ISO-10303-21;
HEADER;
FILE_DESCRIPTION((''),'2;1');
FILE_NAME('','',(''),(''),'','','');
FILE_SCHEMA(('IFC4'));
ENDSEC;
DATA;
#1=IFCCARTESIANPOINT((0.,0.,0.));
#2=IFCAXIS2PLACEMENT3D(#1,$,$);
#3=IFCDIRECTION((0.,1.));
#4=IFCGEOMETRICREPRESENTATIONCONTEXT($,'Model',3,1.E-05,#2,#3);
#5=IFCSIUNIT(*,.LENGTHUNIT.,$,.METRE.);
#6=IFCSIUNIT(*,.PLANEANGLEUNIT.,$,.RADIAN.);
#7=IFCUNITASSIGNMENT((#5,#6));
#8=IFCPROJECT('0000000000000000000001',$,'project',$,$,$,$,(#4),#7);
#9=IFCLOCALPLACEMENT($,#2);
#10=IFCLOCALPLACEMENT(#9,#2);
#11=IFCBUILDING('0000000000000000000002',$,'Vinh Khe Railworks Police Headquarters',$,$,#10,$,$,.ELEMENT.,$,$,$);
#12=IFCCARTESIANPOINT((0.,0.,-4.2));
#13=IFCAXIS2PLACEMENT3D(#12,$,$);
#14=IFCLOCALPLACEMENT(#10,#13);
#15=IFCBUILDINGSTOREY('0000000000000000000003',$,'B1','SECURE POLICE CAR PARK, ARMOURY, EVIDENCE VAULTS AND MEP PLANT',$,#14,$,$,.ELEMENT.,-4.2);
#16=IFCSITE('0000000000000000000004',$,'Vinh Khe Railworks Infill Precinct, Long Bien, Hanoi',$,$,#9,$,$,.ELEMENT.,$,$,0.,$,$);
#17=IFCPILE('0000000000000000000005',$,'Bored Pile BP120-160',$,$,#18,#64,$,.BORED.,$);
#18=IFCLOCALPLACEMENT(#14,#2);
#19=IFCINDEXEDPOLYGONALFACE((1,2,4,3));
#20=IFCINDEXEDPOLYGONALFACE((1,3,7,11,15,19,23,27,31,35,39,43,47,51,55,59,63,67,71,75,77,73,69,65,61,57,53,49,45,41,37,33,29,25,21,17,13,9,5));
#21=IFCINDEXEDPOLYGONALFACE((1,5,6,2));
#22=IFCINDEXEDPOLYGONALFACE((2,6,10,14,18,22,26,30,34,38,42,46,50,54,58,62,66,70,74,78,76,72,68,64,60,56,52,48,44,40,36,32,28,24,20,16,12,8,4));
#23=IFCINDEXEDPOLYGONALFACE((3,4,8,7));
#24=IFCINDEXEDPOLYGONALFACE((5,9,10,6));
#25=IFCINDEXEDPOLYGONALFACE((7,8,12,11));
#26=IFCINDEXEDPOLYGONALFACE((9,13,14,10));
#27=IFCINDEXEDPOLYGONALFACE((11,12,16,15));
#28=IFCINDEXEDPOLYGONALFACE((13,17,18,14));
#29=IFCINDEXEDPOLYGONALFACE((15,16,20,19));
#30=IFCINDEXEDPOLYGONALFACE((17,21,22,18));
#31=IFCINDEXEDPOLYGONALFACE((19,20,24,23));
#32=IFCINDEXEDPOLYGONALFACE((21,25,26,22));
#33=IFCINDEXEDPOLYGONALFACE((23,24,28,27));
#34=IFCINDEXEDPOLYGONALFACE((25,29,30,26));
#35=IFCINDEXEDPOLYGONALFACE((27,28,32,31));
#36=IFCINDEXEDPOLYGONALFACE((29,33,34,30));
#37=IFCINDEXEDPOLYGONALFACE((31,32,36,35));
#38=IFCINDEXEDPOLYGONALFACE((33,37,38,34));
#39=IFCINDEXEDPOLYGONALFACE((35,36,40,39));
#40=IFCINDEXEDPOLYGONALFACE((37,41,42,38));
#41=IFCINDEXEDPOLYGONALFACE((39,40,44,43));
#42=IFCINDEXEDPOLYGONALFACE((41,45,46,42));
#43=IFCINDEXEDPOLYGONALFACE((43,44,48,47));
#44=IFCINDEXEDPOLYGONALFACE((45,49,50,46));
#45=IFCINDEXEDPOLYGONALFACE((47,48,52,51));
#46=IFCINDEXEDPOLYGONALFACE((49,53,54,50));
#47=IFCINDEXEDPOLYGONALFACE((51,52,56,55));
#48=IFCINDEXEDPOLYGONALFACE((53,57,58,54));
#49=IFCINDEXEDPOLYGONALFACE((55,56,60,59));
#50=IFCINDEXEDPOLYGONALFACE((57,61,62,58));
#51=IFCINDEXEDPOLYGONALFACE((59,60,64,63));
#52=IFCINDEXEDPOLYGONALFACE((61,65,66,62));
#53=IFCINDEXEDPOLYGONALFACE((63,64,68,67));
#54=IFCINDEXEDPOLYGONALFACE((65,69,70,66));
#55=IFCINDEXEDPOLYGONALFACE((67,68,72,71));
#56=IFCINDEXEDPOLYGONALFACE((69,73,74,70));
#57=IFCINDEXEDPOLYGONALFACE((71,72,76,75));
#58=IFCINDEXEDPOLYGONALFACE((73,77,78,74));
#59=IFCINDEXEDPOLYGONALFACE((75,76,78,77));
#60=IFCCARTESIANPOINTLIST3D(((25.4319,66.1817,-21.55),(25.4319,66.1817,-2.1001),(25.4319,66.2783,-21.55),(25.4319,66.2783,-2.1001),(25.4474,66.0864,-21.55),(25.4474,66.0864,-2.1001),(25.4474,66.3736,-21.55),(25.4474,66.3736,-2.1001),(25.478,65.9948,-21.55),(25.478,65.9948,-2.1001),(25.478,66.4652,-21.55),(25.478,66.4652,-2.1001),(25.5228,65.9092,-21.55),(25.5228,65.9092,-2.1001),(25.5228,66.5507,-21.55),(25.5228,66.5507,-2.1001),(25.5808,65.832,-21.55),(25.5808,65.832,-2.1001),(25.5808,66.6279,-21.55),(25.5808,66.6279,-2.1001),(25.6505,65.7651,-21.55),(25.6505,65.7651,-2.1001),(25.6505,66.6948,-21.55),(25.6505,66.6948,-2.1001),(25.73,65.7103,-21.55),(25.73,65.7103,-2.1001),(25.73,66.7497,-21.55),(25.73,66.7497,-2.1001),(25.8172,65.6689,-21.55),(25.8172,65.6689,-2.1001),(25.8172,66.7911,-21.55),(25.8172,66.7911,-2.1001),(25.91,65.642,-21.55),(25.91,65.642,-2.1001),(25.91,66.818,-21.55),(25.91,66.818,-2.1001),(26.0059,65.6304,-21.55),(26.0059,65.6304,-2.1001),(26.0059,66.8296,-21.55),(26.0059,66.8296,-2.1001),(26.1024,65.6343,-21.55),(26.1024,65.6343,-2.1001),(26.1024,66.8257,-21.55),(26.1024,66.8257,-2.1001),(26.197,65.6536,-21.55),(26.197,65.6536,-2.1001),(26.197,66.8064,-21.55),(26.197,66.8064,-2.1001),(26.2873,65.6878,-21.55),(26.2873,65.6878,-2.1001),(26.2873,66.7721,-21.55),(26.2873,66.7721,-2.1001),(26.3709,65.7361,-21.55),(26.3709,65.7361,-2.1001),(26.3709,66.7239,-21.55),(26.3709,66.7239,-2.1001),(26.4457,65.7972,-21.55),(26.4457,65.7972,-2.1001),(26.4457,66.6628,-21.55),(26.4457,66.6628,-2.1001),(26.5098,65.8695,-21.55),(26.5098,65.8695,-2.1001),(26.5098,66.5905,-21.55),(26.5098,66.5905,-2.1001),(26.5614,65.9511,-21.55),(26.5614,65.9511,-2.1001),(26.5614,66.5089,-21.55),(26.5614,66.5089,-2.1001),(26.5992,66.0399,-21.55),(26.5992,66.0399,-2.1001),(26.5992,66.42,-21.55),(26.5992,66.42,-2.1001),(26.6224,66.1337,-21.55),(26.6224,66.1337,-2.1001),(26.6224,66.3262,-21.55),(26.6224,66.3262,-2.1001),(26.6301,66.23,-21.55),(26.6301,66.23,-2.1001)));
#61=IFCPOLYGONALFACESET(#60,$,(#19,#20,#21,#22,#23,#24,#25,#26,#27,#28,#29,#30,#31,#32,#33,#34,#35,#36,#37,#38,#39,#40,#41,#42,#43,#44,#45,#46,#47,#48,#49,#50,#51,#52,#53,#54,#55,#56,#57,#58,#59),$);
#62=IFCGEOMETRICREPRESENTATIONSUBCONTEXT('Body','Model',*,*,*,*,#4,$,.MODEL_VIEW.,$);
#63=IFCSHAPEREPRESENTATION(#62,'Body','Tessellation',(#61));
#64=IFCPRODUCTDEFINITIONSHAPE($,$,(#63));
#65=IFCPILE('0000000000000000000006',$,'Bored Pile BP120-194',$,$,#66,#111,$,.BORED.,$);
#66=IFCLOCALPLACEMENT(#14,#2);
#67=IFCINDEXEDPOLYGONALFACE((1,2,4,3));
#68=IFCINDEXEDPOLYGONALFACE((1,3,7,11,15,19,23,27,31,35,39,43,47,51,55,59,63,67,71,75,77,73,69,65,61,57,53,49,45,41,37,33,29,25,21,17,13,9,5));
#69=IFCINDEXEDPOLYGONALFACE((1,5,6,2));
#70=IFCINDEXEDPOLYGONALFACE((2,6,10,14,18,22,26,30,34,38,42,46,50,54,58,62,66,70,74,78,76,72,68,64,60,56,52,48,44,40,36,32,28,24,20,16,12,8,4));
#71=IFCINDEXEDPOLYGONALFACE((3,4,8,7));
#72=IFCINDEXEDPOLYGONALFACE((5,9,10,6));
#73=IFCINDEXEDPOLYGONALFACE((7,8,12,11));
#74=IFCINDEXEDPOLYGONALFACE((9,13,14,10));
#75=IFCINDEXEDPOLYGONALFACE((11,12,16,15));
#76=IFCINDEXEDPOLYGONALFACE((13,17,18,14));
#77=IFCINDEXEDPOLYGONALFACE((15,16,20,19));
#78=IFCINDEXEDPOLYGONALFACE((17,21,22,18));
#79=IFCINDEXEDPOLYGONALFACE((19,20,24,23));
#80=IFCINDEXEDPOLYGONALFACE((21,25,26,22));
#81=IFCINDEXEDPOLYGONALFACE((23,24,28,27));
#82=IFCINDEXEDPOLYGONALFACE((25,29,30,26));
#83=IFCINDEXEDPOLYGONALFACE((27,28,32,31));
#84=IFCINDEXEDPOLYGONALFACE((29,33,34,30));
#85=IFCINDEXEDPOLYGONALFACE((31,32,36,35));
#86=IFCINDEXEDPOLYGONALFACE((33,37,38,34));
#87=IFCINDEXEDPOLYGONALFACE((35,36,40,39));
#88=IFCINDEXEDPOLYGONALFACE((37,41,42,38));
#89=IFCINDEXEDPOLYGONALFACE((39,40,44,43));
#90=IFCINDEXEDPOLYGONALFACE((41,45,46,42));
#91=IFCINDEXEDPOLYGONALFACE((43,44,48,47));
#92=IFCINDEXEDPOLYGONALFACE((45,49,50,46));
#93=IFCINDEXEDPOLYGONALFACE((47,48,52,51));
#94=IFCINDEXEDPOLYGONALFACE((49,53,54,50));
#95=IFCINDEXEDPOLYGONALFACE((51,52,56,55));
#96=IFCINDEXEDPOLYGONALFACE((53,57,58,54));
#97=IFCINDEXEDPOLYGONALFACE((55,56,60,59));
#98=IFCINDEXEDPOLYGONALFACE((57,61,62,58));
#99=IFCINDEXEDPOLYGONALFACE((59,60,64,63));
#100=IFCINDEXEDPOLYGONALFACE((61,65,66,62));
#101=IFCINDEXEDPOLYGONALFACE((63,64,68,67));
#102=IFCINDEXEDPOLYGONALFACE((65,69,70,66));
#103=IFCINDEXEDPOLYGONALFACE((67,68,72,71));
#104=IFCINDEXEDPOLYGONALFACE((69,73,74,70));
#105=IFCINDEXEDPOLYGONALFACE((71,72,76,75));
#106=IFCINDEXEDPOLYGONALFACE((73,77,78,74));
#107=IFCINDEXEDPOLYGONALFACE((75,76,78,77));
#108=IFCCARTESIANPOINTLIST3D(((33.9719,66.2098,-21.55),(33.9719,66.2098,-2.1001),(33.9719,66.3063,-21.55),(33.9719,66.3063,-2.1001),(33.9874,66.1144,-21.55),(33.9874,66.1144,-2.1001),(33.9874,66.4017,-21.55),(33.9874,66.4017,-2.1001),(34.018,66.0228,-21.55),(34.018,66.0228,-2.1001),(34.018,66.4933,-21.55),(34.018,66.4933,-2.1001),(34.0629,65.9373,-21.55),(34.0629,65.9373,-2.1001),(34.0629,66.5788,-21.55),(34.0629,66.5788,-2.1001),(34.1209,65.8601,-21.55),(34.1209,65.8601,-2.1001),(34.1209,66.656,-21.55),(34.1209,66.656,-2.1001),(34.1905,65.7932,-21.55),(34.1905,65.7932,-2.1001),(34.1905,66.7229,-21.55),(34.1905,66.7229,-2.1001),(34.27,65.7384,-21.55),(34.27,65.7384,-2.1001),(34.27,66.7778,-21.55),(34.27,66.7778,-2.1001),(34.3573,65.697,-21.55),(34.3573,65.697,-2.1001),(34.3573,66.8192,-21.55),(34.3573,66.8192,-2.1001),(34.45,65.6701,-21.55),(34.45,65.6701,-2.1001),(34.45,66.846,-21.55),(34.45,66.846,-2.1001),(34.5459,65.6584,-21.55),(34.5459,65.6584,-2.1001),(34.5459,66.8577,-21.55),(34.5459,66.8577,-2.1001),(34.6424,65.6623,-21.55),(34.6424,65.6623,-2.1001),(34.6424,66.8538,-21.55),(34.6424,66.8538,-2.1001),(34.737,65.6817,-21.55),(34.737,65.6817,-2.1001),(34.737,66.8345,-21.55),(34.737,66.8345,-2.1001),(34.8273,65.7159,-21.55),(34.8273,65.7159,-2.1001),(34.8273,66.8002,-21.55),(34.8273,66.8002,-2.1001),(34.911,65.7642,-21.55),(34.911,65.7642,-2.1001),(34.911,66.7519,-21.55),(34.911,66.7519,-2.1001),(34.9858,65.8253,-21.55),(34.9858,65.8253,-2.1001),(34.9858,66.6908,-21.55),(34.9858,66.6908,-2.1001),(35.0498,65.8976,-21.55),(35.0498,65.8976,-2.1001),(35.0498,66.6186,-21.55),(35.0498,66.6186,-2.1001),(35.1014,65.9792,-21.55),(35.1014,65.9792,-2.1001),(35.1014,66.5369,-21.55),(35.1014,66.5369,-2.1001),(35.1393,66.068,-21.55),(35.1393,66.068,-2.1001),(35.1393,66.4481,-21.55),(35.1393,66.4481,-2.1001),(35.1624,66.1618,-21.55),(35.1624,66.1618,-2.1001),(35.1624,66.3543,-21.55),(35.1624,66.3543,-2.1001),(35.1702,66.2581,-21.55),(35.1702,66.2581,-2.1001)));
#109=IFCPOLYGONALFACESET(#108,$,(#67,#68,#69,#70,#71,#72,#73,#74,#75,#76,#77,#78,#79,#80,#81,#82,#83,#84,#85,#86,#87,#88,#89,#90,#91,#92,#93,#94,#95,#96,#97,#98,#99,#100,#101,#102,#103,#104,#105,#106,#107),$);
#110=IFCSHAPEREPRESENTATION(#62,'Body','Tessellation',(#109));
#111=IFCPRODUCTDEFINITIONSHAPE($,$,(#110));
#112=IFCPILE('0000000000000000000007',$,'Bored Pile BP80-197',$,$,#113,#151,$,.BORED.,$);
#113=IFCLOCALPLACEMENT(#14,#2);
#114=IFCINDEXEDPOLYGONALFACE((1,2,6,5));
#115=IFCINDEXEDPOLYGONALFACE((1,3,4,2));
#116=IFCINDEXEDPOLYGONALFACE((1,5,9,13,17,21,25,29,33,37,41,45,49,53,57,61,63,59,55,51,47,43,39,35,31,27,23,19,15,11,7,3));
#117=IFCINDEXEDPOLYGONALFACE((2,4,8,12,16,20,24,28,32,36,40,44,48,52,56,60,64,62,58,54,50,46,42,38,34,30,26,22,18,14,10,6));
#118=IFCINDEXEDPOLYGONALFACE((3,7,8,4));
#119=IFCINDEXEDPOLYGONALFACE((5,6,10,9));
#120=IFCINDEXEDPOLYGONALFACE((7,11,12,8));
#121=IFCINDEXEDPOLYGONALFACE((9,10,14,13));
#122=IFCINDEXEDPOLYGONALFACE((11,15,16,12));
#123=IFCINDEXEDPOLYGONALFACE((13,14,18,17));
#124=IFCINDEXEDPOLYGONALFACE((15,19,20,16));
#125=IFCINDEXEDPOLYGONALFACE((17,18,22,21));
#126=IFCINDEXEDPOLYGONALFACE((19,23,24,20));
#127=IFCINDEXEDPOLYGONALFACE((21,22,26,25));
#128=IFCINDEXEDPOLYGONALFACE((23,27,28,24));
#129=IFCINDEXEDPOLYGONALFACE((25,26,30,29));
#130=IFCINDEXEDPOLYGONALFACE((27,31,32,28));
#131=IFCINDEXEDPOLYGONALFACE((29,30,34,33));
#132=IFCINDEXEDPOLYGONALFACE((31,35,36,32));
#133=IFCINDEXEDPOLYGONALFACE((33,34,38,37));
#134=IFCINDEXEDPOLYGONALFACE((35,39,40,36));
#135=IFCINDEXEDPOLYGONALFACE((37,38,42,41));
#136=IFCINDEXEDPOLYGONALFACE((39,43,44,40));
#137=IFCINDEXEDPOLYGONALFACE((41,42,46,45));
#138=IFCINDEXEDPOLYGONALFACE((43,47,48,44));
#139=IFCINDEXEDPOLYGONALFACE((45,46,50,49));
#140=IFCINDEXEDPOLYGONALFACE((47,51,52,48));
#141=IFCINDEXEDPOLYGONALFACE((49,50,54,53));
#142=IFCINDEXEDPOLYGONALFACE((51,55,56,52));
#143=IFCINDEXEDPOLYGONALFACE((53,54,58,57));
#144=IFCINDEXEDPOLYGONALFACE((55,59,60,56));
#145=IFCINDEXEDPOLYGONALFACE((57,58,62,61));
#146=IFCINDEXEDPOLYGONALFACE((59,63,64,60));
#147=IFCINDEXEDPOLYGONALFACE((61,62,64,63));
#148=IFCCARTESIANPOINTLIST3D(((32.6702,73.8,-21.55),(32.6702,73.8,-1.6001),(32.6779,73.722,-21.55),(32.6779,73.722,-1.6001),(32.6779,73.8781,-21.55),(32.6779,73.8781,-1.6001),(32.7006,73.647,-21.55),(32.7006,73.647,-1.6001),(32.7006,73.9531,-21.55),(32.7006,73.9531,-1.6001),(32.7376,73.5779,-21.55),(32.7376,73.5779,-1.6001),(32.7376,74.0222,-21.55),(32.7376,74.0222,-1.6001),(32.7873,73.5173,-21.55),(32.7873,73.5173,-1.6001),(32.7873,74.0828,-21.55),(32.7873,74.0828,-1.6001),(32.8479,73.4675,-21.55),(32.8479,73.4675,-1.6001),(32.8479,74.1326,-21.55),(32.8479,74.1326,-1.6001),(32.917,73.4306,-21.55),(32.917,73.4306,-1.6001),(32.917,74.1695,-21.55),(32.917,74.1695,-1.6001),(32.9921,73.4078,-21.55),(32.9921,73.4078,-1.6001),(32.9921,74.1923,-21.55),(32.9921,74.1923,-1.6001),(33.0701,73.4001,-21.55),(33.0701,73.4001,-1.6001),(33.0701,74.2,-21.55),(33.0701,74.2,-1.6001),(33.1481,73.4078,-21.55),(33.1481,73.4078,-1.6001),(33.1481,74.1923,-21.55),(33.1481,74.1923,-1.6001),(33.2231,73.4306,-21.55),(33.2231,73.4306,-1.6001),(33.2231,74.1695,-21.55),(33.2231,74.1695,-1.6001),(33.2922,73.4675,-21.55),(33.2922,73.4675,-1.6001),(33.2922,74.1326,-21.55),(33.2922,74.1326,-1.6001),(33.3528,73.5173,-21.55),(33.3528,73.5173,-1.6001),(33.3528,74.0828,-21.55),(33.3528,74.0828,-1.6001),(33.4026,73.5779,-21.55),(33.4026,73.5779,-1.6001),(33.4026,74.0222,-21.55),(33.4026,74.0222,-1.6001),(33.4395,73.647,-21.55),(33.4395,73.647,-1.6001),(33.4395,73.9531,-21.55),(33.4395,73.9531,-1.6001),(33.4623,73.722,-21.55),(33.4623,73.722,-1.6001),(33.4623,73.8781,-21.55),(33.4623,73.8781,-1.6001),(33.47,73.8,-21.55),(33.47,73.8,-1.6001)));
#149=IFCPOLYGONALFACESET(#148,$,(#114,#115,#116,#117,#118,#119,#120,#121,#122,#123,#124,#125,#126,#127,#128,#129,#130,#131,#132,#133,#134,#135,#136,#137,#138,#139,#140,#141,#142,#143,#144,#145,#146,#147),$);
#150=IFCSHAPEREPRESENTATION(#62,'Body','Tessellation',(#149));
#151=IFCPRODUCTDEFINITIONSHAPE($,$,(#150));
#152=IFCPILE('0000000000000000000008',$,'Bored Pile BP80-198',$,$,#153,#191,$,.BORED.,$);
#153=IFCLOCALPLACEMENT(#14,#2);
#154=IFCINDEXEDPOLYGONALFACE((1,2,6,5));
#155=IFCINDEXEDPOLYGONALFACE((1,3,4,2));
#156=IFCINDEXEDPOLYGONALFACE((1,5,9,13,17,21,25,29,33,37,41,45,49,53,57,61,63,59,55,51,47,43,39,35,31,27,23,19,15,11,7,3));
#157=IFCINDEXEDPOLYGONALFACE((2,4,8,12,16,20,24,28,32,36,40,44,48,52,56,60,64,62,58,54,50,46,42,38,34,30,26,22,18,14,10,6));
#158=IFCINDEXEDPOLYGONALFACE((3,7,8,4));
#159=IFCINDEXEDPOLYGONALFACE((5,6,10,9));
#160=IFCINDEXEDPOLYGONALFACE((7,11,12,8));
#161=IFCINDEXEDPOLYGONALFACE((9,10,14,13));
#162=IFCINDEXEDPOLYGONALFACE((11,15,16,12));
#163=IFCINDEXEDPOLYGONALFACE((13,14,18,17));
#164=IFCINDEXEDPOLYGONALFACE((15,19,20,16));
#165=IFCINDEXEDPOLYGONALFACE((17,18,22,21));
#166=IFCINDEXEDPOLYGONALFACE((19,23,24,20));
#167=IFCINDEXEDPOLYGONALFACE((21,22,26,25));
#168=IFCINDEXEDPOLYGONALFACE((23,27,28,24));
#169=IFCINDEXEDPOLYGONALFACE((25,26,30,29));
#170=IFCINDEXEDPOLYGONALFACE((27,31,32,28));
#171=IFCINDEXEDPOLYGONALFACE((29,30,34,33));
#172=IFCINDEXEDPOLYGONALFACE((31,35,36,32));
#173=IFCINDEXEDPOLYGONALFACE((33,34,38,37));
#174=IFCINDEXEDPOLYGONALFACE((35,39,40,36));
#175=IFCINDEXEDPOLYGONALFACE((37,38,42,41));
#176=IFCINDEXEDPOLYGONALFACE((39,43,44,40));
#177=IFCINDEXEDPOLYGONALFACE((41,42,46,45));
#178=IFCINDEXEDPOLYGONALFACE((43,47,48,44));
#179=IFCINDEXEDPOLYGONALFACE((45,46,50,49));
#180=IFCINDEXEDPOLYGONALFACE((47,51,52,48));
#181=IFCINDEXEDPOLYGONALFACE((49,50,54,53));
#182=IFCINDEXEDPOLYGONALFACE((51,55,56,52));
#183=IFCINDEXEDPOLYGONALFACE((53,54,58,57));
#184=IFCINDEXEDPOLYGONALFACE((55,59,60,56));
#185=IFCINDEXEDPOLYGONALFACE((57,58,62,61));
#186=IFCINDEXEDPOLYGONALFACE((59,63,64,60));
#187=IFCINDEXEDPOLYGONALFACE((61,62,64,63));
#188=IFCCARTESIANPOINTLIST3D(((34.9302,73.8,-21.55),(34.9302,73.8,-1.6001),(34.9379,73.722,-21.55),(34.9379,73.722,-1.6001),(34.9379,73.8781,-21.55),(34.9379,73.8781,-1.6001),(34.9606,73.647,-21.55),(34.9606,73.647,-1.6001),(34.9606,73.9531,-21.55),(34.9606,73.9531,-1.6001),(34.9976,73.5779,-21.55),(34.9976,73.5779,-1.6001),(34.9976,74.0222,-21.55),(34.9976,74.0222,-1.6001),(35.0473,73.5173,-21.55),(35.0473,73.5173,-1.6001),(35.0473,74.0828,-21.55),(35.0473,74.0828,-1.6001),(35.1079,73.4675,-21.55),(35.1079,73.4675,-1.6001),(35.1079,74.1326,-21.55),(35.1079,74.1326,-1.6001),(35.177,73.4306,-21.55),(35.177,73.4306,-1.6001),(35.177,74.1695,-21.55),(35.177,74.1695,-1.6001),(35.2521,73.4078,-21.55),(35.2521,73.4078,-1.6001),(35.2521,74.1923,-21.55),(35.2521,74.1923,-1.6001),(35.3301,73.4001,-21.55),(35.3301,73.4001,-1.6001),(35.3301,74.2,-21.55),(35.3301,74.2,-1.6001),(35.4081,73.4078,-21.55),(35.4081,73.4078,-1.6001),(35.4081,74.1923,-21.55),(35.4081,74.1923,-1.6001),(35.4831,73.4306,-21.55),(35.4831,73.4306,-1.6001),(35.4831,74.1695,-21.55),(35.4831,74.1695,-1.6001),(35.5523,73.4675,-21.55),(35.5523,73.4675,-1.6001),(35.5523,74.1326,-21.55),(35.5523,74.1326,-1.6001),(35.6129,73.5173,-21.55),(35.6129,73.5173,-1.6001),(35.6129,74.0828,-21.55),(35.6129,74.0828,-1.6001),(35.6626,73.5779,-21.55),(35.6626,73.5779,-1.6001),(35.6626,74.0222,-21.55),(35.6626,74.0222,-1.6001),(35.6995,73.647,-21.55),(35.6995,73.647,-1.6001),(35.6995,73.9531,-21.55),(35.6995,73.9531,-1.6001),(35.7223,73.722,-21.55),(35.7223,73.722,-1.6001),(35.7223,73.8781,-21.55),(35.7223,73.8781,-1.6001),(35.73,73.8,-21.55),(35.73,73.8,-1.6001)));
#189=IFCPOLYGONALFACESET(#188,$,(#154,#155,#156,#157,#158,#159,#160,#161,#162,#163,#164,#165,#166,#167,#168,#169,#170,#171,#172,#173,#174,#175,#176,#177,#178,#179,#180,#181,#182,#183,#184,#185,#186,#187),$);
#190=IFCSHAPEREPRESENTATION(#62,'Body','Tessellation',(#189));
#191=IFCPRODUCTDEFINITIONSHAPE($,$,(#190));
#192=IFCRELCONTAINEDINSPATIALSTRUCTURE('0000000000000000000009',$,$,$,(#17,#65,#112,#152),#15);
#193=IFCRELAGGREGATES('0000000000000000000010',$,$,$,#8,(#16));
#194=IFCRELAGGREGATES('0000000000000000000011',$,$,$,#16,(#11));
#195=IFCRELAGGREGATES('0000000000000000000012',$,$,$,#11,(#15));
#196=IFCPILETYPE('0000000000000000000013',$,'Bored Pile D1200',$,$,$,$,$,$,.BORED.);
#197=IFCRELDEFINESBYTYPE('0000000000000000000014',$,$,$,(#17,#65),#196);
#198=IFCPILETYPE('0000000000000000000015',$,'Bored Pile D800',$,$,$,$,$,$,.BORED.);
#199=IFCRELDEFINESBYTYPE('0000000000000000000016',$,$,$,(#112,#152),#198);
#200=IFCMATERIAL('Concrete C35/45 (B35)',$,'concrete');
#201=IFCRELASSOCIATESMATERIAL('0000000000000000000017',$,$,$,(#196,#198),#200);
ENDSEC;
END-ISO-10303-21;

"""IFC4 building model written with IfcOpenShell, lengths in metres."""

from ifc_helpers import new_model, si_unit, direction, frame, origin, origin_2d, place, context, subcontext, project, spatial, circle, extrude, material, material_profile, profile_set, type_object, element, save


model = new_model("IFC4")

# Units and contexts
model_context = context("Model", 3, precision=1e-05, world=origin(), true_north=direction((0.0, 1.0)))
body_context = subcontext(model_context, "Body", "Model", "MODEL_VIEW")
ifc_project = project(units=[si_unit("LENGTHUNIT", "METRE"), si_unit("PLANEANGLEUNIT", "RADIAN")], contexts=[model_context])

# Site, building, storey
site_placement = place(None, origin())
site = spatial("IfcSite", under=ifc_project, at=site_placement, Name="Vinh Khe Railworks Infill Precinct, Long Bien, Hanoi", CompositionType="ELEMENT", RefElevation=0.0)
building_placement = place(site_placement, origin())
building = spatial("IfcBuilding", under=site, at=building_placement, Name="Vinh Khe Railworks Police Headquarters", CompositionType="ELEMENT")
storey_placement = place(building_placement, frame((0.0, 0.0, -4.2)))
storey = spatial("IfcBuildingStorey", under=building, at=storey_placement, Name="B1", Description="SECURE POLICE CAR PARK, ARMOURY, EVIDENCE VAULTS AND MEP PLANT", CompositionType="ELEMENT", Elevation=-4.2)

# Piles
ifc_material_1 = material(Name="Concrete C35/45 (B35)", Category="concrete")
ifc_material_profile_1 = material_profile(ifc_material_1, circle(Radius=0.6001, at=origin_2d()), Name="BORED PILE D1200")
ifc_profile_set_1 = profile_set([ifc_material_profile_1], Name="Concrete C35/45 (B35)")
pile_type_1 = type_object("IfcPileType", Name="Bored Pile D1200", PredefinedType="BORED", material=ifc_profile_set_1)
for number, where, z_axis, x_axis, name in (
    (1, (26.03, 66.23, -2.1001), (0.0, 0.0, -1.0), (1.0, 0.0, 0.0), "Bored Pile BP120-160"),
    (2, (34.5701, 66.2581, -2.1001), (0.0, 0.0, -1.0), (1.0, 0.0, 0.0), "Bored Pile BP120-194"),
):
    element("IfcPile", number, at=place(storey_placement, frame(where, z_axis=z_axis, x_axis=x_axis)), inside=storey, type_object=pile_type_1, Name=name, PredefinedType="BORED", context=body_context, shape_type="SweptSolid", body=[
        extrude(circle(Radius=0.6001, at=origin_2d()), origin(), (0.0, 0.0, 1.0), 19.45),
    ])
ifc_material_profile_2 = material_profile(ifc_material_1, circle(Radius=0.3999, at=origin_2d()), Name="BORED PILE D800")
ifc_profile_set_2 = profile_set([ifc_material_profile_2], Name="Concrete C35/45 (B35)")
pile_type_2 = type_object("IfcPileType", Name="Bored Pile D800", PredefinedType="BORED", material=ifc_profile_set_2)
for number, where, z_axis, x_axis, name in (
    (3, (33.0701, 73.8, -1.6001), (0.0, 0.0, -1.0), (1.0, 0.0, 0.0), "Bored Pile BP80-197"),
    (4, (35.3301, 73.8, -1.6001), (0.0, 0.0, -1.0), (1.0, 0.0, 0.0), "Bored Pile BP80-198"),
):
    element("IfcPile", number, at=place(storey_placement, frame(where, z_axis=z_axis, x_axis=x_axis)), inside=storey, type_object=pile_type_2, Name=name, PredefinedType="BORED", context=body_context, shape_type="SweptSolid", body=[
        extrude(circle(Radius=0.3999, at=origin_2d()), origin(), (0.0, 0.0, 1.0), 19.95),
    ])

save(model, "model.ifc")
